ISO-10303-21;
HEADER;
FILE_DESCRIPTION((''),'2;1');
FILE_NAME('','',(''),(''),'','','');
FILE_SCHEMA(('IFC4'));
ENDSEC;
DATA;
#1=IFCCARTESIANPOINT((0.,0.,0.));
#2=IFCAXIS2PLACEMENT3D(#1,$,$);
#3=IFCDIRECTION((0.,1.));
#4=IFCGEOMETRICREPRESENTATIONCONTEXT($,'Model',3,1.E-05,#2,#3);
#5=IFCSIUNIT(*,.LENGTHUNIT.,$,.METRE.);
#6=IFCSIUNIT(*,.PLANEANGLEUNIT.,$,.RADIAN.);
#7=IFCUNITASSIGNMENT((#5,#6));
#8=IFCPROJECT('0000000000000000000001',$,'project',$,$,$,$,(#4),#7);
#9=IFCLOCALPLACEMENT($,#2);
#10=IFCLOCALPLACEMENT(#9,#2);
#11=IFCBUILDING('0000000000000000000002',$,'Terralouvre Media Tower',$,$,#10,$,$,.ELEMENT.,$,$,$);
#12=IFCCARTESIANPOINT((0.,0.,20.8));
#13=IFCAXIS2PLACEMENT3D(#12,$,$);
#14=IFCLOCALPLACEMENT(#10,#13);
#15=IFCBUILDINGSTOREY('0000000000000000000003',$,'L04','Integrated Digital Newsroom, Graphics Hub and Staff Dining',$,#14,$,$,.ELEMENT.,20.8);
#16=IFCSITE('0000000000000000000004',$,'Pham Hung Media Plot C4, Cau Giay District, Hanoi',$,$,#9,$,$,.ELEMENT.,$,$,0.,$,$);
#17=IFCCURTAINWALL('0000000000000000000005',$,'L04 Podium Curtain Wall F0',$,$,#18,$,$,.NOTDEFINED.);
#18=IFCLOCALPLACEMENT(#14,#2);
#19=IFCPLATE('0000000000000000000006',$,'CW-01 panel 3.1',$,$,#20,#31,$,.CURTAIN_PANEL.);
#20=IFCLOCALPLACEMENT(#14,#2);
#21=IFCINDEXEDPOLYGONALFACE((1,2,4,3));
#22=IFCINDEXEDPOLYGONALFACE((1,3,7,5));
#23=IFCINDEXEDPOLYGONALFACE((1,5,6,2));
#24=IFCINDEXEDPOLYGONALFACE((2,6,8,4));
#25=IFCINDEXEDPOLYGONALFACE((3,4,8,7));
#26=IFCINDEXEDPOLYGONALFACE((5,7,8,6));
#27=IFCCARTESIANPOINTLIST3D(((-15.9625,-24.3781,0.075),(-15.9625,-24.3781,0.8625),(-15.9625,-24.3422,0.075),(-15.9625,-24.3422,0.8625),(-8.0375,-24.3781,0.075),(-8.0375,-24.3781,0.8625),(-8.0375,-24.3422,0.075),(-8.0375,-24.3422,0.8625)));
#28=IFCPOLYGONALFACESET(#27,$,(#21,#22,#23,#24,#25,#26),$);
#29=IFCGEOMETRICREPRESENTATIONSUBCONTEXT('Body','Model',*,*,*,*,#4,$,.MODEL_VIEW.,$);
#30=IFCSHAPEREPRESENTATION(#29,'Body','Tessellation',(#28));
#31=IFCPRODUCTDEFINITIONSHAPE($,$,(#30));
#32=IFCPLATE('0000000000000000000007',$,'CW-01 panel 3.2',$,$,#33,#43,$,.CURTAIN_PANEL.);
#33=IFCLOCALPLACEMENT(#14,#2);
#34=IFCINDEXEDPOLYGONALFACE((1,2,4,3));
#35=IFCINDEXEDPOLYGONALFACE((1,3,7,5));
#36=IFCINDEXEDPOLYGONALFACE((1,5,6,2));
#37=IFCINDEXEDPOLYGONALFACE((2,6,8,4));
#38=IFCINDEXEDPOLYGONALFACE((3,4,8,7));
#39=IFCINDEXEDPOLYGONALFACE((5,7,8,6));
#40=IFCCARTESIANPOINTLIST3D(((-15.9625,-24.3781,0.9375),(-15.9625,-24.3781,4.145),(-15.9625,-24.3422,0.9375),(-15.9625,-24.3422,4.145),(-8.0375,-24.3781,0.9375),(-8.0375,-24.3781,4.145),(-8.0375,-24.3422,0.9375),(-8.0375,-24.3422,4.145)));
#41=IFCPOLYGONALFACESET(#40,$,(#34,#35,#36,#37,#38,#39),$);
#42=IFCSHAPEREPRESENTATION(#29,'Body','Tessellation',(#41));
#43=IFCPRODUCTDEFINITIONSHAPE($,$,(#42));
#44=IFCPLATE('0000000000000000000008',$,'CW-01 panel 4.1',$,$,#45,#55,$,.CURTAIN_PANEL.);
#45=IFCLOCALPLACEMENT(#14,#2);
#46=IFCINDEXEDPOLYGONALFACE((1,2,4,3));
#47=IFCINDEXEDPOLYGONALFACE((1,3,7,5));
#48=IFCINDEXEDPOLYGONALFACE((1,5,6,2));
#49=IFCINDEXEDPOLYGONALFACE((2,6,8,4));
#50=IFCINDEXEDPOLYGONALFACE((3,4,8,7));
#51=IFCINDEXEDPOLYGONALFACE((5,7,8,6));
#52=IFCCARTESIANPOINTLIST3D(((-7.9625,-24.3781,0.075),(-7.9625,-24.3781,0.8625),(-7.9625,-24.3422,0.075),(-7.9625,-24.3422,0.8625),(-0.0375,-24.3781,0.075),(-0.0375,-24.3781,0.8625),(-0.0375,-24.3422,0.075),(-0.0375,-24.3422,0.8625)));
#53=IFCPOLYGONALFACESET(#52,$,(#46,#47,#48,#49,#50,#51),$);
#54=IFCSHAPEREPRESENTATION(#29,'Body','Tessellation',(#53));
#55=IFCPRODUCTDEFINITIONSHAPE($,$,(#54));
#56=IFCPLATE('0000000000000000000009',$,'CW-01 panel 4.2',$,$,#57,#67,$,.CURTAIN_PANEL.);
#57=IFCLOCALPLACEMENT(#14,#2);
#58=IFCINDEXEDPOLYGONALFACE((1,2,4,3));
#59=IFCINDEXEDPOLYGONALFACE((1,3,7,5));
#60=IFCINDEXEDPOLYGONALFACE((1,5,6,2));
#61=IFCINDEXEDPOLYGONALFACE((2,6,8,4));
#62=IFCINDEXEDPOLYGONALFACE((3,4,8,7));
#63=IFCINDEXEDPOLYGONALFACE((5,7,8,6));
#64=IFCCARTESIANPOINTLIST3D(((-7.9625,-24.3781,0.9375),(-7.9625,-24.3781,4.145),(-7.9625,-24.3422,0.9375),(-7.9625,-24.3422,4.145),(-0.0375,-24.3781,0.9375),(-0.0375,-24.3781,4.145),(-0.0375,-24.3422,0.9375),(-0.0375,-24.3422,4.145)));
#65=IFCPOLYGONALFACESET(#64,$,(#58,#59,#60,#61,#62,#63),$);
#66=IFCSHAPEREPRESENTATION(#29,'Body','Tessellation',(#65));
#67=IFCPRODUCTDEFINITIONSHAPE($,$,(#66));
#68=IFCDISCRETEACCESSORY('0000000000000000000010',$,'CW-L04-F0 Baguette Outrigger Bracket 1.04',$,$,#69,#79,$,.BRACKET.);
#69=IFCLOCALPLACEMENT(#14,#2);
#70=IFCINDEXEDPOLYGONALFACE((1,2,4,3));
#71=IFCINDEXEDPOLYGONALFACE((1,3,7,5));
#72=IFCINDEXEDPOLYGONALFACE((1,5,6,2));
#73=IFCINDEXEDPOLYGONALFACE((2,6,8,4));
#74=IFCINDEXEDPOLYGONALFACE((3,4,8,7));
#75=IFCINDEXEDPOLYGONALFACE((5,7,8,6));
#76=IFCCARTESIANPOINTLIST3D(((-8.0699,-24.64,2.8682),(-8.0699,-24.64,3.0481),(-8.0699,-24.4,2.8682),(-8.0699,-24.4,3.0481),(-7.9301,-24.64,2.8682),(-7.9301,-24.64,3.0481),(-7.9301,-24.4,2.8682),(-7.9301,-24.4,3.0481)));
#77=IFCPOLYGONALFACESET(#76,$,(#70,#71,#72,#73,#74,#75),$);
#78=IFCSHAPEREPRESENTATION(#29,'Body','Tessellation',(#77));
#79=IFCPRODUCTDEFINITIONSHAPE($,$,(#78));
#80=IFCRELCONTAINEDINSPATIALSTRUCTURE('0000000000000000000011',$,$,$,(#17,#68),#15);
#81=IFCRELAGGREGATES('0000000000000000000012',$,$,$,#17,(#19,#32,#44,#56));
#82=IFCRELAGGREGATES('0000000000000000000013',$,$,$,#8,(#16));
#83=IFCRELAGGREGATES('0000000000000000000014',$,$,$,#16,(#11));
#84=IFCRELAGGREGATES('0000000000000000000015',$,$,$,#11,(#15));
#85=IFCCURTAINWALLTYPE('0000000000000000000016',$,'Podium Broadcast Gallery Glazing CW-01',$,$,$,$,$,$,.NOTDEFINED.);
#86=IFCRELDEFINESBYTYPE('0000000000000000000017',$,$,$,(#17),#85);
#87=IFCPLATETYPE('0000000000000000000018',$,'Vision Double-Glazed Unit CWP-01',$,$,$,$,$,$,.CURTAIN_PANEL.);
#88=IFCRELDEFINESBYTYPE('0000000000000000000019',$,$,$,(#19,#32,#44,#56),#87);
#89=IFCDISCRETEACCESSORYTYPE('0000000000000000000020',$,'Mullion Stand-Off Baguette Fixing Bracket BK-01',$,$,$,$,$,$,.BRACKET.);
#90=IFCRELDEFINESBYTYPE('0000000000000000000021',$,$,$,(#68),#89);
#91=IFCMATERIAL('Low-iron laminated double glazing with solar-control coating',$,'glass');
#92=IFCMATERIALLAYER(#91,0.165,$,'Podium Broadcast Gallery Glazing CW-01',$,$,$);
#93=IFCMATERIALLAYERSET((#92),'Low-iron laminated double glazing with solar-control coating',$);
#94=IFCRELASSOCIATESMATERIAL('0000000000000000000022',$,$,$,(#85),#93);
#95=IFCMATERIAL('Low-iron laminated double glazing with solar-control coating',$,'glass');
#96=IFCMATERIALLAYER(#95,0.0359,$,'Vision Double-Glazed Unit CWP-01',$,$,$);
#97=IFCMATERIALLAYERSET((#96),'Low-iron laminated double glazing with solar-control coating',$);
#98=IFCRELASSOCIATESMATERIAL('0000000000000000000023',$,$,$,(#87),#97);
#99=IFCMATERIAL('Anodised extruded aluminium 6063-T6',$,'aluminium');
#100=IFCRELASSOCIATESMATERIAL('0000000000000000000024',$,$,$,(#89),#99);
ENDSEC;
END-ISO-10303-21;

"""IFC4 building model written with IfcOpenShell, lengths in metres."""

from ifc_helpers import new_model, si_unit, direction, frame, origin, origin_2d, place, context, subcontext, project, spatial, rectangle, extrude, material, layer, layer_set, type_object, element, aggregate, save


model = new_model("IFC4")

# Units and contexts
model_context = context("Model", 3, precision=1e-05, world=origin(), true_north=direction((0.0, 1.0)))
body_context = subcontext(model_context, "Body", "Model", "MODEL_VIEW")
ifc_project = project(units=[si_unit("LENGTHUNIT", "METRE"), si_unit("PLANEANGLEUNIT", "RADIAN")], contexts=[model_context])

# Site, building, storey
site_placement = place(None, origin())
site = spatial("IfcSite", under=ifc_project, at=site_placement, Name="Pham Hung Media Plot C4, Cau Giay District, Hanoi", CompositionType="ELEMENT", RefElevation=0.0)
building_placement = place(site_placement, origin())
building = spatial("IfcBuilding", under=site, at=building_placement, Name="Terralouvre Media Tower", CompositionType="ELEMENT")
storey_placement = place(building_placement, frame((0.0, 0.0, 20.8)))
storey = spatial("IfcBuildingStorey", under=building, at=storey_placement, Name="L04", Description="Integrated Digital Newsroom, Graphics Hub and Staff Dining", CompositionType="ELEMENT", Elevation=20.8)

# Curtain wall
ifc_material_1 = material(Name="Low-iron laminated double glazing with solar-control coating", Category="glass")
ifc_layer_1 = layer(ifc_material_1, 0.165, Name="Podium Broadcast Gallery Glazing CW-01")
ifc_layer_set_1 = layer_set([ifc_layer_1], Name="Low-iron laminated double glazing with solar-control coating")
curtain_wall_type = type_object("IfcCurtainWallType", Name="Podium Broadcast Gallery Glazing CW-01", PredefinedType="NOTDEFINED", material=ifc_layer_set_1)
curtain_wall_placement = place(storey_placement, origin())
curtain_wall = element("IfcCurtainWall", 1, at=curtain_wall_placement, inside=storey, type_object=curtain_wall_type, Name="L04 Podium Curtain Wall F0", PredefinedType="NOTDEFINED")

# Plates
ifc_material_2 = material(Name="Low-iron laminated double glazing with solar-control coating", Category="glass")
ifc_layer_2 = layer(ifc_material_2, 0.0359, Name="Vision Double-Glazed Unit CWP-01")
ifc_layer_set_2 = layer_set([ifc_layer_2], Name="Low-iron laminated double glazing with solar-control coating")
plate_type = type_object("IfcPlateType", Name="Vision Double-Glazed Unit CWP-01", PredefinedType="CURTAIN_PANEL", material=ifc_layer_set_2)
plate_1_placement = place(storey_placement, frame((-12.0, -24.3601, 0.075), z_axis=(0.0, 0.0, 1.0), x_axis=(1.0, 0.0, 0.0)))
plate_1 = element("IfcPlate", 2, at=plate_1_placement, type_object=plate_type, Name="CW-01 panel 3.1", PredefinedType="CURTAIN_PANEL", context=body_context, shape_type="SweptSolid", body=[
    extrude(rectangle(XDim=7.925, YDim=0.0359, at=origin_2d()), origin(), (0.0, 0.0, 1.0), 0.7876),
])
plate_2_placement = place(storey_placement, frame((-12.0, -24.3601, 0.9375), z_axis=(0.0, 0.0, 1.0), x_axis=(1.0, 0.0, 0.0)))
plate_2 = element("IfcPlate", 3, at=plate_2_placement, type_object=plate_type, Name="CW-01 panel 3.2", PredefinedType="CURTAIN_PANEL", context=body_context, shape_type="SweptSolid", body=[
    extrude(rectangle(XDim=7.925, YDim=0.0359, at=origin_2d()), origin(), (0.0, 0.0, 1.0), 3.2075),
])
plate_3_placement = place(storey_placement, frame((-4.0, -24.3601, 0.075), z_axis=(0.0, 0.0, 1.0), x_axis=(1.0, 0.0, 0.0)))
plate_3 = element("IfcPlate", 4, at=plate_3_placement, type_object=plate_type, Name="CW-01 panel 4.1", PredefinedType="CURTAIN_PANEL", context=body_context, shape_type="SweptSolid", body=[
    extrude(rectangle(XDim=7.925, YDim=0.0359, at=origin_2d()), origin(), (0.0, 0.0, 1.0), 0.7876),
])
plate_4_placement = place(storey_placement, frame((-4.0, -24.3601, 0.9375), z_axis=(0.0, 0.0, 1.0), x_axis=(1.0, 0.0, 0.0)))
plate_4 = element("IfcPlate", 5, at=plate_4_placement, type_object=plate_type, Name="CW-01 panel 4.2", PredefinedType="CURTAIN_PANEL", context=body_context, shape_type="SweptSolid", body=[
    extrude(rectangle(XDim=7.925, YDim=0.0359, at=origin_2d()), origin(), (0.0, 0.0, 1.0), 3.2075),
])
aggregate(curtain_wall, [plate_1, plate_2, plate_3, plate_4])

# Discrete accessory
ifc_material_3 = material(Name="Anodised extruded aluminium 6063-T6", Category="aluminium")
discrete_accessory_type = type_object("IfcDiscreteAccessoryType", Name="Mullion Stand-Off Baguette Fixing Bracket BK-01", PredefinedType="BRACKET", material=ifc_material_3)
discrete_accessory_placement = place(storey_placement, frame((-8.0, -24.52, 2.8682), z_axis=(0.0, 0.0, 1.0), x_axis=(1.0, 0.0, 0.0)))
element("IfcDiscreteAccessory", 6, at=discrete_accessory_placement, inside=storey, type_object=discrete_accessory_type, Name="CW-L04-F0 Baguette Outrigger Bracket 1.04", PredefinedType="BRACKET", context=body_context, shape_type="SweptSolid", body=[
    extrude(rectangle(XDim=0.1399, YDim=0.24, at=origin_2d()), origin(), (0.0, 0.0, 1.0), 0.1799),
])

save(model, "model.ifc")
